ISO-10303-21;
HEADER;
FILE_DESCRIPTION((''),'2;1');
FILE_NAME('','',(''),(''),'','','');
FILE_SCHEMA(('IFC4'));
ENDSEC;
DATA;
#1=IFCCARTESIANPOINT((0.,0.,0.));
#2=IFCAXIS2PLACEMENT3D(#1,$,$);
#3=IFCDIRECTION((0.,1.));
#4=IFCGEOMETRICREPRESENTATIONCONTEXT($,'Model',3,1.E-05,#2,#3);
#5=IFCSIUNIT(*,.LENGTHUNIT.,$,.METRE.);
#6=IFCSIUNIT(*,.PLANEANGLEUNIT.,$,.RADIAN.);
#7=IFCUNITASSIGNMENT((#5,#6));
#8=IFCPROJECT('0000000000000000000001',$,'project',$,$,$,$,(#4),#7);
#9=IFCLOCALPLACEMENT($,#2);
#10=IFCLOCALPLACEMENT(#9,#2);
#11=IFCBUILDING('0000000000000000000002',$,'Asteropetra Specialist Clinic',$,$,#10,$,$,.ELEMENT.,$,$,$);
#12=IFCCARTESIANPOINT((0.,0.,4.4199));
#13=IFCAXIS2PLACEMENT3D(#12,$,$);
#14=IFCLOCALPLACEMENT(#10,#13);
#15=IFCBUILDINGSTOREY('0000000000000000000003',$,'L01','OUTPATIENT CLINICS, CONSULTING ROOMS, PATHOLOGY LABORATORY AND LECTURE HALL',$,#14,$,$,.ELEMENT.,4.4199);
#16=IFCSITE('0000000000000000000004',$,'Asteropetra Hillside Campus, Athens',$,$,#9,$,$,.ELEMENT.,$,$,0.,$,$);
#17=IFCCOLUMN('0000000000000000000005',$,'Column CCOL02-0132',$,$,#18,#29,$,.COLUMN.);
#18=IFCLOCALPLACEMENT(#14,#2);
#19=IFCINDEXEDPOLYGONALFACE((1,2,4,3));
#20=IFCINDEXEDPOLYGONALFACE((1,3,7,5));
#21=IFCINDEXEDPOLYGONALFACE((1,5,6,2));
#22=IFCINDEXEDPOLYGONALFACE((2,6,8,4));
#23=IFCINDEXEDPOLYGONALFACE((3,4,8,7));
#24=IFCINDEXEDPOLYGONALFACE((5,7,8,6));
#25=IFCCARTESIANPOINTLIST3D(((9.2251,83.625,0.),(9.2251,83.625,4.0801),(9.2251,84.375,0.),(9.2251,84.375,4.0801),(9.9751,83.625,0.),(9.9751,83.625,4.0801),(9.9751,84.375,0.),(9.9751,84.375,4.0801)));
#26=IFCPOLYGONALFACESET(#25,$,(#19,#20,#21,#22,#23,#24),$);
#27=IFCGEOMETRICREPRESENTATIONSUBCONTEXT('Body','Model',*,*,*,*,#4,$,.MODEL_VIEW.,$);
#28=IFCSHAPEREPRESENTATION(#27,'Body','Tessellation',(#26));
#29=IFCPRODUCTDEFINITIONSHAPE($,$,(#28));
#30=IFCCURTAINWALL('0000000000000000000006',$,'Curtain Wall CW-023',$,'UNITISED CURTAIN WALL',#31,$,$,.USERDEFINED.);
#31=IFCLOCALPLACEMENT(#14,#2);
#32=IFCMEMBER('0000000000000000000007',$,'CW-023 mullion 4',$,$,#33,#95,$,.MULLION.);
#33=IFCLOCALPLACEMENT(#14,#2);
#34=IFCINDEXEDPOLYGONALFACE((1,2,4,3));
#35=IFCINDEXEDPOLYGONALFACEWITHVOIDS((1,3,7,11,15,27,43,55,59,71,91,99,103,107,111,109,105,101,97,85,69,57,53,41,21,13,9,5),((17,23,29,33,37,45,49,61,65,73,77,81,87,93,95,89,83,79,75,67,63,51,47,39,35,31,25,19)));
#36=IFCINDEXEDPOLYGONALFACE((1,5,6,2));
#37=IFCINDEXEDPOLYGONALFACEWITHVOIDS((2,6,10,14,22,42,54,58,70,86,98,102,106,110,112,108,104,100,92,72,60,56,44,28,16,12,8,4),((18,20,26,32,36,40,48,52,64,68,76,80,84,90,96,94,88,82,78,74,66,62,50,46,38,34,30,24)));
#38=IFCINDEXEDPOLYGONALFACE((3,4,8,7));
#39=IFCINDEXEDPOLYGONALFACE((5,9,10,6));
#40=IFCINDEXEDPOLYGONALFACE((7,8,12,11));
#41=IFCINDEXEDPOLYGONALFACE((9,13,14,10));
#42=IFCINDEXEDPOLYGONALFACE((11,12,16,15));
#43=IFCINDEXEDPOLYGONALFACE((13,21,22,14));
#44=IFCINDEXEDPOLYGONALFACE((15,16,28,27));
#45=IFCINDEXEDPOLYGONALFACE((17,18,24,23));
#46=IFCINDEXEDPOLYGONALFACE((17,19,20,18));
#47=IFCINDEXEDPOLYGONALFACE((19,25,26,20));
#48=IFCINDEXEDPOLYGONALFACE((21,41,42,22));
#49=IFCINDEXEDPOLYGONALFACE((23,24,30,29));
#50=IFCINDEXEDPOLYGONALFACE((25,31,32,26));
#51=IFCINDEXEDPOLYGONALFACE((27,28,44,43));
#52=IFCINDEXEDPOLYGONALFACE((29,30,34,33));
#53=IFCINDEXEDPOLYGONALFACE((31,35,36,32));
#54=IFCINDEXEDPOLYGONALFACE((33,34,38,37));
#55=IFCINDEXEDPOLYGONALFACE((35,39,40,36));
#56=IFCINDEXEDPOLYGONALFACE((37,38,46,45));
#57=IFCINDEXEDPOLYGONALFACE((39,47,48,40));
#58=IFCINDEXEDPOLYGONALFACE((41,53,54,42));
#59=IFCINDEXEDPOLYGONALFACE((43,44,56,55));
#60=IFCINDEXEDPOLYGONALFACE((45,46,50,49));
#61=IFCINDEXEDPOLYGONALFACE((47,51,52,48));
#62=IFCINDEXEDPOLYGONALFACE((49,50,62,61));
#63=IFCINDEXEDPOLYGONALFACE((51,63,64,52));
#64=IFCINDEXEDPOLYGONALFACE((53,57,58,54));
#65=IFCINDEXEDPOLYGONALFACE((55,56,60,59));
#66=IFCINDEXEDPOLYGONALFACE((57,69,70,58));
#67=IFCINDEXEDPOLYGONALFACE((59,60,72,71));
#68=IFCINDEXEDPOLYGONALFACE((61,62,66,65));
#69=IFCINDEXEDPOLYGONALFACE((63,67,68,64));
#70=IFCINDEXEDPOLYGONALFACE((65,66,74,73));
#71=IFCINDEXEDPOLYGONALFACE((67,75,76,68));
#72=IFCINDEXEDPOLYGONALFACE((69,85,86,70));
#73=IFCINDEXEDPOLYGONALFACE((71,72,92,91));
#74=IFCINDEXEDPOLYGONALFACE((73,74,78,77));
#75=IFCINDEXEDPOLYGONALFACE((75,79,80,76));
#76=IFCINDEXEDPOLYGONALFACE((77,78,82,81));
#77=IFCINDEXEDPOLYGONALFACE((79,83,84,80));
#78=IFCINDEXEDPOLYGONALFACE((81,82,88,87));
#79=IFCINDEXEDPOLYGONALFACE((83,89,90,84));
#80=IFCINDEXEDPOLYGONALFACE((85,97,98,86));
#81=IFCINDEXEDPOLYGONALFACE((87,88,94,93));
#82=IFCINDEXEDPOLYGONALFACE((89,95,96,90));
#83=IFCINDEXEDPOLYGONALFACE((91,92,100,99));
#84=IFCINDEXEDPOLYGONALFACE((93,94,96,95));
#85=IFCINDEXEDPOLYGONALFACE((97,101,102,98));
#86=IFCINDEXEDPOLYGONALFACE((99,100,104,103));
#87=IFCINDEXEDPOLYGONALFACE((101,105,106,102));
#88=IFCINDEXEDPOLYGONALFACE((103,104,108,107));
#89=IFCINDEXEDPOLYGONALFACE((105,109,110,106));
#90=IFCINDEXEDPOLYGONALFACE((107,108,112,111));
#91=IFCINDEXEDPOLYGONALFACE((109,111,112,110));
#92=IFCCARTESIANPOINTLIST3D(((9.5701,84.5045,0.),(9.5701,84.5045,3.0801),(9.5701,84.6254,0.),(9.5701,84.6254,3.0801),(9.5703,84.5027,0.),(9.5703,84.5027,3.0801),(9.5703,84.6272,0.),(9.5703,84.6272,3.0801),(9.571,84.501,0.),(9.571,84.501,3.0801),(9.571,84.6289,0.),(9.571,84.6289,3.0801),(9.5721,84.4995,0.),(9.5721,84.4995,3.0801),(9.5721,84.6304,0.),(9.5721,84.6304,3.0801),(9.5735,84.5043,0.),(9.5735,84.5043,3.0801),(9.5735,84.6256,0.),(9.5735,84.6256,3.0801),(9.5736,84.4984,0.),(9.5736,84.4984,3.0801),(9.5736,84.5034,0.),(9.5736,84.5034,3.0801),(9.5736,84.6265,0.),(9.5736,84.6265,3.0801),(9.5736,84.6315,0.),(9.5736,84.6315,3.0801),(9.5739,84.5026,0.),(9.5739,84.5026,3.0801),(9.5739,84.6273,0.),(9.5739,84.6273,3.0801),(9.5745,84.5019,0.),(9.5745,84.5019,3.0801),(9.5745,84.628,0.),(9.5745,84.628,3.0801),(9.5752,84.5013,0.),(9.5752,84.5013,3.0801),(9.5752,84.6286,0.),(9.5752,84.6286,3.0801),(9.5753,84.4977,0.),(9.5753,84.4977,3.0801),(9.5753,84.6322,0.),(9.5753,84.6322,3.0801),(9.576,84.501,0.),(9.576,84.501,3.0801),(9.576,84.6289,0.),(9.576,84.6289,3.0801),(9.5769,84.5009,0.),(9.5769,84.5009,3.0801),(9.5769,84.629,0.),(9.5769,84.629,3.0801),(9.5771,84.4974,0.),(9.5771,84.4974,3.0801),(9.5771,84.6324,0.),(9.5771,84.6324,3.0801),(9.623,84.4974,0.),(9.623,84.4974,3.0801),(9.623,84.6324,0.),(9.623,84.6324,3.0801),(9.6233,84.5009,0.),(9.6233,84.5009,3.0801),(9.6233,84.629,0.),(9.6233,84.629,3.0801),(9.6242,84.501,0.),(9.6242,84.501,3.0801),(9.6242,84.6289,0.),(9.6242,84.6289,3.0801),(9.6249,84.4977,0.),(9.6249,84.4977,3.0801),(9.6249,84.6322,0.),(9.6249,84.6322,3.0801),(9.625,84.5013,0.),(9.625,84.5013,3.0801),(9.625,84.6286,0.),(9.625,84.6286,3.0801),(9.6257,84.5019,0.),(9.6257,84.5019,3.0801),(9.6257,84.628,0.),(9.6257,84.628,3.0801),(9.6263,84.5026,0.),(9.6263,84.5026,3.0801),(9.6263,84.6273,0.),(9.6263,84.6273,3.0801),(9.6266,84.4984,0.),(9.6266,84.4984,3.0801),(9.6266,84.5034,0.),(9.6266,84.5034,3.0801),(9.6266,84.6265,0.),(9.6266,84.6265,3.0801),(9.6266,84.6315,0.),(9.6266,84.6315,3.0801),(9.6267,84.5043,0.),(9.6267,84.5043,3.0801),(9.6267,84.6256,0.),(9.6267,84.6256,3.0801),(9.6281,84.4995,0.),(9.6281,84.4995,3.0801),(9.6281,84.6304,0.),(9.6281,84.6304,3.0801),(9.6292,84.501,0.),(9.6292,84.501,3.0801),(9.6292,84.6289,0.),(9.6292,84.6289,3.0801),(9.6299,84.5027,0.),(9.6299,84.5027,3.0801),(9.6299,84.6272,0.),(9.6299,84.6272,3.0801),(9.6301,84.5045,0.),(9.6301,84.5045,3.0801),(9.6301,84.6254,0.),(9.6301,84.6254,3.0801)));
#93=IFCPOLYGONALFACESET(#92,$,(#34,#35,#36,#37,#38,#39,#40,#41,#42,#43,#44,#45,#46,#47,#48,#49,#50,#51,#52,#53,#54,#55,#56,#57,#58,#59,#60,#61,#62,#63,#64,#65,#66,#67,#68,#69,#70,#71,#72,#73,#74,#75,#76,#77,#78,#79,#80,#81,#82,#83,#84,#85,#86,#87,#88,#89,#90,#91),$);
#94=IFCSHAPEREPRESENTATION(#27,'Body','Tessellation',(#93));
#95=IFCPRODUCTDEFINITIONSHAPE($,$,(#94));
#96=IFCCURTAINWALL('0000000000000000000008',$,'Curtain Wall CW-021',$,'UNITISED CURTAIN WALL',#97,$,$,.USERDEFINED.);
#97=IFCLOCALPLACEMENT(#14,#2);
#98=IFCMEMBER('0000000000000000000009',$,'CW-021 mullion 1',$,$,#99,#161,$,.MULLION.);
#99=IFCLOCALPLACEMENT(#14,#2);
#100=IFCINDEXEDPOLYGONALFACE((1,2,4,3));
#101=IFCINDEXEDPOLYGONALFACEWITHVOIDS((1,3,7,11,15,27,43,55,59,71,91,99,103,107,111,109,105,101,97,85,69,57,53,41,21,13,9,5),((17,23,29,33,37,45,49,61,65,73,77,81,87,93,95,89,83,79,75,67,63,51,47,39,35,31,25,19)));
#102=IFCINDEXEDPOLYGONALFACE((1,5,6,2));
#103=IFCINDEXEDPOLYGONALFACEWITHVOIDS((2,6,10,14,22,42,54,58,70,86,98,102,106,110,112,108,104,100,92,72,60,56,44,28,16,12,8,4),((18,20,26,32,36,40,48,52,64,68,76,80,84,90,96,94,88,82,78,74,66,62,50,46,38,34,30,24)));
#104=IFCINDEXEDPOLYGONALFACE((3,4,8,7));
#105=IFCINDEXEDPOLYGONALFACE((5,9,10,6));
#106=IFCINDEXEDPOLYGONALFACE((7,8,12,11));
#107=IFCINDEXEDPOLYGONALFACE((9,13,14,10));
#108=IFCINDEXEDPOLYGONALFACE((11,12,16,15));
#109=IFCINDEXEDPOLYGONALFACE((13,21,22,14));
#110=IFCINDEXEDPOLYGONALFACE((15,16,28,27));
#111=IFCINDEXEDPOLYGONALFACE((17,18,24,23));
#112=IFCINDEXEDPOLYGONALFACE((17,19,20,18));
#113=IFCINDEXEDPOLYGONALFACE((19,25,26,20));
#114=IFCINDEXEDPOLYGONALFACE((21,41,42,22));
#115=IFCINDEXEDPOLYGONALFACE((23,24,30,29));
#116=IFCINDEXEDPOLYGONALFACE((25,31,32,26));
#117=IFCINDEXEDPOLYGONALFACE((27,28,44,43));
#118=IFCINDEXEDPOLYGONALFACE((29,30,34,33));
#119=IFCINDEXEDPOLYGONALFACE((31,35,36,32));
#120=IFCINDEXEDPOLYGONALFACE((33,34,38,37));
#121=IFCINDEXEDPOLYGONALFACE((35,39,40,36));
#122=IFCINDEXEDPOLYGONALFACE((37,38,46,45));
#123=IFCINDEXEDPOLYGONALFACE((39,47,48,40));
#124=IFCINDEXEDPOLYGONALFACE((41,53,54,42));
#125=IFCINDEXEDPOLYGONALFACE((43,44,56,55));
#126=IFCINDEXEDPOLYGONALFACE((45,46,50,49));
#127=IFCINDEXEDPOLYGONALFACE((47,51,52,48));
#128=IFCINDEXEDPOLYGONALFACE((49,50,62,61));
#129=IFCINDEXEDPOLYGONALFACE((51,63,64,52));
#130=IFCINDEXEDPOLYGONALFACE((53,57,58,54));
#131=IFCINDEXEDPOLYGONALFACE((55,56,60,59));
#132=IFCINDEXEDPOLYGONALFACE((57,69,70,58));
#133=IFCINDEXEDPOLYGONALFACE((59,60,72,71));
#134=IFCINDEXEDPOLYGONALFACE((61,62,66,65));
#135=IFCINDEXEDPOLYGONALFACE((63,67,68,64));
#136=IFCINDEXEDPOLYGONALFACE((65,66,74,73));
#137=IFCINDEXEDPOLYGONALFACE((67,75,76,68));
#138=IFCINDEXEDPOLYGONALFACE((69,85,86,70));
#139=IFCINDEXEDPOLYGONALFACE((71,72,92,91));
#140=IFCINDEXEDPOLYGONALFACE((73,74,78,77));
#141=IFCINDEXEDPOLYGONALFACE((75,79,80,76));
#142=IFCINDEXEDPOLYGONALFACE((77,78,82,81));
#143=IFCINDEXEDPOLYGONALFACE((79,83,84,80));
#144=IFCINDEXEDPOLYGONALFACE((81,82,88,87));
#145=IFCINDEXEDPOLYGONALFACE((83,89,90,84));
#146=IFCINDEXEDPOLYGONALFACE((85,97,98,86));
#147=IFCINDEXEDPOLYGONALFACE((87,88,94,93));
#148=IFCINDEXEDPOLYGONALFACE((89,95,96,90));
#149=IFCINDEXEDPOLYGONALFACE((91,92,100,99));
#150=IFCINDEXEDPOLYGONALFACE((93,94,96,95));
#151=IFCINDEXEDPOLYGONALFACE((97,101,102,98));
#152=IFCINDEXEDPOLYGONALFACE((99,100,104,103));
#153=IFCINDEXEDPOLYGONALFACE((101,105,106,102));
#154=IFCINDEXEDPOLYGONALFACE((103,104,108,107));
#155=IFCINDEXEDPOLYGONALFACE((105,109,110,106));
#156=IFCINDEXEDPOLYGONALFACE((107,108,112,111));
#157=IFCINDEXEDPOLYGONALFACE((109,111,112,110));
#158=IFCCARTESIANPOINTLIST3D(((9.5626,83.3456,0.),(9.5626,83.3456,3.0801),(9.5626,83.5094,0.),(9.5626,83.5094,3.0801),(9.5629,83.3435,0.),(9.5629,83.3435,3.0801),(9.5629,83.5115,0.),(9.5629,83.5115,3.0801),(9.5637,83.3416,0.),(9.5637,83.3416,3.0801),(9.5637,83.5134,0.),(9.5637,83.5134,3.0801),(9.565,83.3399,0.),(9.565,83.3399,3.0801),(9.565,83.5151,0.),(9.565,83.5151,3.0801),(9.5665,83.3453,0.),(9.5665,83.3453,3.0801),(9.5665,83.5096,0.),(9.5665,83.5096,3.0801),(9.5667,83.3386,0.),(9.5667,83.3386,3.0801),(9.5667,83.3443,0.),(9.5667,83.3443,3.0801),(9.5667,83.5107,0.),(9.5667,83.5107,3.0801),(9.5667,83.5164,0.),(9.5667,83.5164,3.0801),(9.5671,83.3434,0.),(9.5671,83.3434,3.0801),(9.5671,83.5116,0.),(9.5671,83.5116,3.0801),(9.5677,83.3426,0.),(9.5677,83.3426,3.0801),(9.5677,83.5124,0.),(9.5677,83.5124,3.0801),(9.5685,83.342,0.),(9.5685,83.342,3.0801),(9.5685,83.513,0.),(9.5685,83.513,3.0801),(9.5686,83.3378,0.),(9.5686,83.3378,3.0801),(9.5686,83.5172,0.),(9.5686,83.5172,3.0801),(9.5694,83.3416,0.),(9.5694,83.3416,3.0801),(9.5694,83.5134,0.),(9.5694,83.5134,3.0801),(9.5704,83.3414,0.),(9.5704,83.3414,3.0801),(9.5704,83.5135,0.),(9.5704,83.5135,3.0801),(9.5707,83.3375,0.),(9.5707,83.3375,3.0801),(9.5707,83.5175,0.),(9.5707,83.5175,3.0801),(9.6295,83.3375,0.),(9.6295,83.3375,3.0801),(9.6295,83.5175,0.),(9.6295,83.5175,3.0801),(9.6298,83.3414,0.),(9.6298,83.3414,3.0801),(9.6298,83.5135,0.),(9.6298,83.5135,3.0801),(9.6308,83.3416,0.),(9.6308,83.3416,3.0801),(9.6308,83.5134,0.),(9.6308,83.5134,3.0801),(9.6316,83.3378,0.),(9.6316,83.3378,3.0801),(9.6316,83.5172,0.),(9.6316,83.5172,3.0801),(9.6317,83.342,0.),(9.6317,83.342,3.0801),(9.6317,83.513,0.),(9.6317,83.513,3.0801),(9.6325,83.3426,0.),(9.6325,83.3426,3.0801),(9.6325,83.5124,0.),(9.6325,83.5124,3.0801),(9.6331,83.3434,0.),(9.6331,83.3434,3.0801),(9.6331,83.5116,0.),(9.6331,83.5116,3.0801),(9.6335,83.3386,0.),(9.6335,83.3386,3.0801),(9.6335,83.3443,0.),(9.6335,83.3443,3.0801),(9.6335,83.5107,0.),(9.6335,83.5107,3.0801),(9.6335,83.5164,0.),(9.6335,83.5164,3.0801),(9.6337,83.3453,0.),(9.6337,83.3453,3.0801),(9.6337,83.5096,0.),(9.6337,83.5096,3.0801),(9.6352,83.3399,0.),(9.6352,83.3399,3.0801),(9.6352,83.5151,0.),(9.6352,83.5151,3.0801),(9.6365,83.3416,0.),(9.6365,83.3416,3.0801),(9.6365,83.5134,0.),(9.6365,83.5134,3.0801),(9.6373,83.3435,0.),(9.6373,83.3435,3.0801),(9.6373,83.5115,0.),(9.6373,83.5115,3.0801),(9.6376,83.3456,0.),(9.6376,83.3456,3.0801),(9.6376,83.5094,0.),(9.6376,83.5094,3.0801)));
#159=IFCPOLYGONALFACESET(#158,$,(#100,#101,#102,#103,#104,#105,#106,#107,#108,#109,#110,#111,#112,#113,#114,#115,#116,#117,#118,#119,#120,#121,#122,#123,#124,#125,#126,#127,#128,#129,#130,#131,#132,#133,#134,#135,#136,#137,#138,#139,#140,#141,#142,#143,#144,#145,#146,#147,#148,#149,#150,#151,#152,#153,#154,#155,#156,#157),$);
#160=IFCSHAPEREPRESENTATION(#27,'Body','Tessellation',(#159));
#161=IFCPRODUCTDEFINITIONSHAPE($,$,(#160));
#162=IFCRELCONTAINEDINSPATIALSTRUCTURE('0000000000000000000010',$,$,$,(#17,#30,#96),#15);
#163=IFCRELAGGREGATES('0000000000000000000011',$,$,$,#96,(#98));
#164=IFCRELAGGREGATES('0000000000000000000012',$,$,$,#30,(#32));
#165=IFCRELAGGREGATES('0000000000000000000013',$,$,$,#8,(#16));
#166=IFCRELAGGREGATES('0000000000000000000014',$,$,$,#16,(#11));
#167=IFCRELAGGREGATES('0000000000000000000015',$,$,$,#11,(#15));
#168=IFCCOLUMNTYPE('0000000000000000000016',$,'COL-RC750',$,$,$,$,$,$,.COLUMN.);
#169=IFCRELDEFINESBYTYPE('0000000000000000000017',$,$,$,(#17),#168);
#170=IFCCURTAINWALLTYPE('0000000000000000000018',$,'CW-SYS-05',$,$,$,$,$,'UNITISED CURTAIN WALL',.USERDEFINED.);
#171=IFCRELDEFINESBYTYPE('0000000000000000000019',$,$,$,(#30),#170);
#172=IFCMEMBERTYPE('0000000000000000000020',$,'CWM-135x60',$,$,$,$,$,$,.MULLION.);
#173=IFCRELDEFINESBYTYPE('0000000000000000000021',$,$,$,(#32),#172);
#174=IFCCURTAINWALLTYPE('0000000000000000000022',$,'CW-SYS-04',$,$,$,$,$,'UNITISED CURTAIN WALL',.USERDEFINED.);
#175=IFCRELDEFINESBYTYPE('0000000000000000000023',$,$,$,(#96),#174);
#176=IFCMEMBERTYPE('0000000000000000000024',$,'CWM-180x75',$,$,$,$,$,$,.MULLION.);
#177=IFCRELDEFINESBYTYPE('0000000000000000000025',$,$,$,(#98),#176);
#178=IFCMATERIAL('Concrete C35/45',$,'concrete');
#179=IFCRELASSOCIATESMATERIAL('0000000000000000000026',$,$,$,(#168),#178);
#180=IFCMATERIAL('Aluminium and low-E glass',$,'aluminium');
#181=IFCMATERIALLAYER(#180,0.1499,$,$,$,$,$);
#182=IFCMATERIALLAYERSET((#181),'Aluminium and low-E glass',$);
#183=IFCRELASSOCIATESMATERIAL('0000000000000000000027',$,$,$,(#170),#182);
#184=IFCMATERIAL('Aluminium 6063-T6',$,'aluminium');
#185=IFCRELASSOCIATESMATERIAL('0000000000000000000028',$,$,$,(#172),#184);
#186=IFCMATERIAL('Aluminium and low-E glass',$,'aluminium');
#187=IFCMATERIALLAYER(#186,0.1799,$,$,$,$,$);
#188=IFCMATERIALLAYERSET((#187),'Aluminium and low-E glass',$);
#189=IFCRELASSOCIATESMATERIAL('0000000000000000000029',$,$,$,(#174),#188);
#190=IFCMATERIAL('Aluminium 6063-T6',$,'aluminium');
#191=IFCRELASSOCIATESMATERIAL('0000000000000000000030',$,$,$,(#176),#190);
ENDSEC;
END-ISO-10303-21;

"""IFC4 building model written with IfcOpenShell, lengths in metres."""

from ifc_helpers import new_model, si_unit, direction, frame, origin, origin_2d, place, context, subcontext, project, spatial, rectangle, hollow_rectangle, extrude, material, layer, layer_set, material_profile, profile_set, type_object, element, aggregate, save


model = new_model("IFC4")

# Units and contexts
model_context = context("Model", 3, precision=1e-05, world=origin(), true_north=direction((0.0, 1.0)))
body_context = subcontext(model_context, "Body", "Model", "MODEL_VIEW")
ifc_project = project(units=[si_unit("LENGTHUNIT", "METRE"), si_unit("PLANEANGLEUNIT", "RADIAN")], contexts=[model_context])

# Site, building, storey
site_placement = place(None, origin())
site = spatial("IfcSite", under=ifc_project, at=site_placement, Name="Asteropetra Hillside Campus, Athens", CompositionType="ELEMENT", RefElevation=0.0)
building_placement = place(site_placement, origin())
building = spatial("IfcBuilding", under=site, at=building_placement, Name="Asteropetra Specialist Clinic", CompositionType="ELEMENT")
storey_placement = place(building_placement, frame((0.0, 0.0, 4.4199)))
storey = spatial("IfcBuildingStorey", under=building, at=storey_placement, Name="L01", Description="OUTPATIENT CLINICS, CONSULTING ROOMS, PATHOLOGY LABORATORY AND LECTURE HALL", CompositionType="ELEMENT", Elevation=4.4199)

# Column
ifc_material_1 = material(Name="Concrete C35/45", Category="concrete")
ifc_material_profile_1 = material_profile(ifc_material_1, rectangle(XDim=0.75, YDim=0.75, at=origin_2d()), Name="RC 750x750")
ifc_profile_set_1 = profile_set([ifc_material_profile_1], Name="Concrete C35/45")
column_type = type_object("IfcColumnType", Name="COL-RC750", PredefinedType="COLUMN", material=ifc_profile_set_1)
column_placement = place(storey_placement, frame((9.6001, 84.0, 0.0), z_axis=(0.0, 0.0, 1.0), x_axis=(1.0, 0.0, 0.0)))
element("IfcColumn", 1, at=column_placement, inside=storey, type_object=column_type, Name="Column CCOL02-0132", PredefinedType="COLUMN", context=body_context, shape_type="SweptSolid", body=[
    extrude(rectangle(XDim=0.75, YDim=0.75, at=origin_2d()), origin(), (0.0, 0.0, 1.0), 4.0801),
])

# Curtain wall, member
ifc_material_2 = material(Name="Aluminium and low-E glass", Category="aluminium")
ifc_layer_1 = layer(ifc_material_2, 0.1499)
ifc_layer_set_1 = layer_set([ifc_layer_1], Name="Aluminium and low-E glass")
curtain_wall_type_1 = type_object("IfcCurtainWallType", Name="CW-SYS-05", ElementType="UNITISED CURTAIN WALL", PredefinedType="USERDEFINED", material=ifc_layer_set_1)
curtain_wall_1_placement = place(storey_placement, origin())
curtain_wall_1 = element("IfcCurtainWall", 2, at=curtain_wall_1_placement, inside=storey, type_object=curtain_wall_type_1, Name="Curtain Wall CW-023", ObjectType="UNITISED CURTAIN WALL", PredefinedType="USERDEFINED")
ifc_material_3 = material(Name="Aluminium 6063-T6", Category="aluminium")
ifc_material_profile_2 = material_profile(ifc_material_3, hollow_rectangle(XDim=0.0601, YDim=0.135, WallThickness=0.0034, InnerFilletRadius=0.0034, OuterFilletRadius=0.0071, at=origin_2d()), Name="MUL 135x60x3.5")
ifc_profile_set_2 = profile_set([ifc_material_profile_2], Name="Aluminium 6063-T6")
member_type_1 = type_object("IfcMemberType", Name="CWM-135x60", PredefinedType="MULLION", material=ifc_profile_set_2)
member_1_placement = place(storey_placement, frame((9.6001, 84.5649, 0.0), z_axis=(0.0, 0.0, 1.0), x_axis=(1.0, 0.0, 0.0)))
member_1 = element("IfcMember", 3, at=member_1_placement, type_object=member_type_1, Name="CW-023 mullion 4", PredefinedType="MULLION", context=body_context, shape_type="SweptSolid", body=[
    extrude(hollow_rectangle(XDim=0.0601, YDim=0.135, WallThickness=0.0034, InnerFilletRadius=0.0034, OuterFilletRadius=0.0071, at=origin_2d()), origin(), (0.0, 0.0, 1.0), 3.0801),
])

# Curtain wall, member
ifc_material_4 = material(Name="Aluminium and low-E glass", Category="aluminium")
ifc_layer_2 = layer(ifc_material_4, 0.1799)
ifc_layer_set_2 = layer_set([ifc_layer_2], Name="Aluminium and low-E glass")
curtain_wall_type_2 = type_object("IfcCurtainWallType", Name="CW-SYS-04", ElementType="UNITISED CURTAIN WALL", PredefinedType="USERDEFINED", material=ifc_layer_set_2)
curtain_wall_2_placement = place(storey_placement, origin())
curtain_wall_2 = element("IfcCurtainWall", 4, at=curtain_wall_2_placement, inside=storey, type_object=curtain_wall_type_2, Name="Curtain Wall CW-021", ObjectType="UNITISED CURTAIN WALL", PredefinedType="USERDEFINED")
ifc_material_5 = material(Name="Aluminium 6063-T6", Category="aluminium")
ifc_material_profile_3 = material_profile(ifc_material_5, hollow_rectangle(XDim=0.075, YDim=0.1799, WallThickness=0.0039, InnerFilletRadius=0.0039, OuterFilletRadius=0.0081, at=origin_2d()), Name="MUL 180x75x4.0")
ifc_profile_set_3 = profile_set([ifc_material_profile_3], Name="Aluminium 6063-T6")
member_type_2 = type_object("IfcMemberType", Name="CWM-180x75", PredefinedType="MULLION", material=ifc_profile_set_3)
member_2_placement = place(storey_placement, frame((9.6001, 83.4275, 0.0), z_axis=(0.0, 0.0, 1.0), x_axis=(1.0, 0.0, 0.0)))
member_2 = element("IfcMember", 5, at=member_2_placement, type_object=member_type_2, Name="CW-021 mullion 1", PredefinedType="MULLION", context=body_context, shape_type="SweptSolid", body=[
    extrude(hollow_rectangle(XDim=0.075, YDim=0.1799, WallThickness=0.0039, InnerFilletRadius=0.0039, OuterFilletRadius=0.0081, at=origin_2d()), origin(), (0.0, 0.0, 1.0), 3.0801),
])

aggregate(curtain_wall_2, [member_2])
aggregate(curtain_wall_1, [member_1])

save(model, "model.ifc")
